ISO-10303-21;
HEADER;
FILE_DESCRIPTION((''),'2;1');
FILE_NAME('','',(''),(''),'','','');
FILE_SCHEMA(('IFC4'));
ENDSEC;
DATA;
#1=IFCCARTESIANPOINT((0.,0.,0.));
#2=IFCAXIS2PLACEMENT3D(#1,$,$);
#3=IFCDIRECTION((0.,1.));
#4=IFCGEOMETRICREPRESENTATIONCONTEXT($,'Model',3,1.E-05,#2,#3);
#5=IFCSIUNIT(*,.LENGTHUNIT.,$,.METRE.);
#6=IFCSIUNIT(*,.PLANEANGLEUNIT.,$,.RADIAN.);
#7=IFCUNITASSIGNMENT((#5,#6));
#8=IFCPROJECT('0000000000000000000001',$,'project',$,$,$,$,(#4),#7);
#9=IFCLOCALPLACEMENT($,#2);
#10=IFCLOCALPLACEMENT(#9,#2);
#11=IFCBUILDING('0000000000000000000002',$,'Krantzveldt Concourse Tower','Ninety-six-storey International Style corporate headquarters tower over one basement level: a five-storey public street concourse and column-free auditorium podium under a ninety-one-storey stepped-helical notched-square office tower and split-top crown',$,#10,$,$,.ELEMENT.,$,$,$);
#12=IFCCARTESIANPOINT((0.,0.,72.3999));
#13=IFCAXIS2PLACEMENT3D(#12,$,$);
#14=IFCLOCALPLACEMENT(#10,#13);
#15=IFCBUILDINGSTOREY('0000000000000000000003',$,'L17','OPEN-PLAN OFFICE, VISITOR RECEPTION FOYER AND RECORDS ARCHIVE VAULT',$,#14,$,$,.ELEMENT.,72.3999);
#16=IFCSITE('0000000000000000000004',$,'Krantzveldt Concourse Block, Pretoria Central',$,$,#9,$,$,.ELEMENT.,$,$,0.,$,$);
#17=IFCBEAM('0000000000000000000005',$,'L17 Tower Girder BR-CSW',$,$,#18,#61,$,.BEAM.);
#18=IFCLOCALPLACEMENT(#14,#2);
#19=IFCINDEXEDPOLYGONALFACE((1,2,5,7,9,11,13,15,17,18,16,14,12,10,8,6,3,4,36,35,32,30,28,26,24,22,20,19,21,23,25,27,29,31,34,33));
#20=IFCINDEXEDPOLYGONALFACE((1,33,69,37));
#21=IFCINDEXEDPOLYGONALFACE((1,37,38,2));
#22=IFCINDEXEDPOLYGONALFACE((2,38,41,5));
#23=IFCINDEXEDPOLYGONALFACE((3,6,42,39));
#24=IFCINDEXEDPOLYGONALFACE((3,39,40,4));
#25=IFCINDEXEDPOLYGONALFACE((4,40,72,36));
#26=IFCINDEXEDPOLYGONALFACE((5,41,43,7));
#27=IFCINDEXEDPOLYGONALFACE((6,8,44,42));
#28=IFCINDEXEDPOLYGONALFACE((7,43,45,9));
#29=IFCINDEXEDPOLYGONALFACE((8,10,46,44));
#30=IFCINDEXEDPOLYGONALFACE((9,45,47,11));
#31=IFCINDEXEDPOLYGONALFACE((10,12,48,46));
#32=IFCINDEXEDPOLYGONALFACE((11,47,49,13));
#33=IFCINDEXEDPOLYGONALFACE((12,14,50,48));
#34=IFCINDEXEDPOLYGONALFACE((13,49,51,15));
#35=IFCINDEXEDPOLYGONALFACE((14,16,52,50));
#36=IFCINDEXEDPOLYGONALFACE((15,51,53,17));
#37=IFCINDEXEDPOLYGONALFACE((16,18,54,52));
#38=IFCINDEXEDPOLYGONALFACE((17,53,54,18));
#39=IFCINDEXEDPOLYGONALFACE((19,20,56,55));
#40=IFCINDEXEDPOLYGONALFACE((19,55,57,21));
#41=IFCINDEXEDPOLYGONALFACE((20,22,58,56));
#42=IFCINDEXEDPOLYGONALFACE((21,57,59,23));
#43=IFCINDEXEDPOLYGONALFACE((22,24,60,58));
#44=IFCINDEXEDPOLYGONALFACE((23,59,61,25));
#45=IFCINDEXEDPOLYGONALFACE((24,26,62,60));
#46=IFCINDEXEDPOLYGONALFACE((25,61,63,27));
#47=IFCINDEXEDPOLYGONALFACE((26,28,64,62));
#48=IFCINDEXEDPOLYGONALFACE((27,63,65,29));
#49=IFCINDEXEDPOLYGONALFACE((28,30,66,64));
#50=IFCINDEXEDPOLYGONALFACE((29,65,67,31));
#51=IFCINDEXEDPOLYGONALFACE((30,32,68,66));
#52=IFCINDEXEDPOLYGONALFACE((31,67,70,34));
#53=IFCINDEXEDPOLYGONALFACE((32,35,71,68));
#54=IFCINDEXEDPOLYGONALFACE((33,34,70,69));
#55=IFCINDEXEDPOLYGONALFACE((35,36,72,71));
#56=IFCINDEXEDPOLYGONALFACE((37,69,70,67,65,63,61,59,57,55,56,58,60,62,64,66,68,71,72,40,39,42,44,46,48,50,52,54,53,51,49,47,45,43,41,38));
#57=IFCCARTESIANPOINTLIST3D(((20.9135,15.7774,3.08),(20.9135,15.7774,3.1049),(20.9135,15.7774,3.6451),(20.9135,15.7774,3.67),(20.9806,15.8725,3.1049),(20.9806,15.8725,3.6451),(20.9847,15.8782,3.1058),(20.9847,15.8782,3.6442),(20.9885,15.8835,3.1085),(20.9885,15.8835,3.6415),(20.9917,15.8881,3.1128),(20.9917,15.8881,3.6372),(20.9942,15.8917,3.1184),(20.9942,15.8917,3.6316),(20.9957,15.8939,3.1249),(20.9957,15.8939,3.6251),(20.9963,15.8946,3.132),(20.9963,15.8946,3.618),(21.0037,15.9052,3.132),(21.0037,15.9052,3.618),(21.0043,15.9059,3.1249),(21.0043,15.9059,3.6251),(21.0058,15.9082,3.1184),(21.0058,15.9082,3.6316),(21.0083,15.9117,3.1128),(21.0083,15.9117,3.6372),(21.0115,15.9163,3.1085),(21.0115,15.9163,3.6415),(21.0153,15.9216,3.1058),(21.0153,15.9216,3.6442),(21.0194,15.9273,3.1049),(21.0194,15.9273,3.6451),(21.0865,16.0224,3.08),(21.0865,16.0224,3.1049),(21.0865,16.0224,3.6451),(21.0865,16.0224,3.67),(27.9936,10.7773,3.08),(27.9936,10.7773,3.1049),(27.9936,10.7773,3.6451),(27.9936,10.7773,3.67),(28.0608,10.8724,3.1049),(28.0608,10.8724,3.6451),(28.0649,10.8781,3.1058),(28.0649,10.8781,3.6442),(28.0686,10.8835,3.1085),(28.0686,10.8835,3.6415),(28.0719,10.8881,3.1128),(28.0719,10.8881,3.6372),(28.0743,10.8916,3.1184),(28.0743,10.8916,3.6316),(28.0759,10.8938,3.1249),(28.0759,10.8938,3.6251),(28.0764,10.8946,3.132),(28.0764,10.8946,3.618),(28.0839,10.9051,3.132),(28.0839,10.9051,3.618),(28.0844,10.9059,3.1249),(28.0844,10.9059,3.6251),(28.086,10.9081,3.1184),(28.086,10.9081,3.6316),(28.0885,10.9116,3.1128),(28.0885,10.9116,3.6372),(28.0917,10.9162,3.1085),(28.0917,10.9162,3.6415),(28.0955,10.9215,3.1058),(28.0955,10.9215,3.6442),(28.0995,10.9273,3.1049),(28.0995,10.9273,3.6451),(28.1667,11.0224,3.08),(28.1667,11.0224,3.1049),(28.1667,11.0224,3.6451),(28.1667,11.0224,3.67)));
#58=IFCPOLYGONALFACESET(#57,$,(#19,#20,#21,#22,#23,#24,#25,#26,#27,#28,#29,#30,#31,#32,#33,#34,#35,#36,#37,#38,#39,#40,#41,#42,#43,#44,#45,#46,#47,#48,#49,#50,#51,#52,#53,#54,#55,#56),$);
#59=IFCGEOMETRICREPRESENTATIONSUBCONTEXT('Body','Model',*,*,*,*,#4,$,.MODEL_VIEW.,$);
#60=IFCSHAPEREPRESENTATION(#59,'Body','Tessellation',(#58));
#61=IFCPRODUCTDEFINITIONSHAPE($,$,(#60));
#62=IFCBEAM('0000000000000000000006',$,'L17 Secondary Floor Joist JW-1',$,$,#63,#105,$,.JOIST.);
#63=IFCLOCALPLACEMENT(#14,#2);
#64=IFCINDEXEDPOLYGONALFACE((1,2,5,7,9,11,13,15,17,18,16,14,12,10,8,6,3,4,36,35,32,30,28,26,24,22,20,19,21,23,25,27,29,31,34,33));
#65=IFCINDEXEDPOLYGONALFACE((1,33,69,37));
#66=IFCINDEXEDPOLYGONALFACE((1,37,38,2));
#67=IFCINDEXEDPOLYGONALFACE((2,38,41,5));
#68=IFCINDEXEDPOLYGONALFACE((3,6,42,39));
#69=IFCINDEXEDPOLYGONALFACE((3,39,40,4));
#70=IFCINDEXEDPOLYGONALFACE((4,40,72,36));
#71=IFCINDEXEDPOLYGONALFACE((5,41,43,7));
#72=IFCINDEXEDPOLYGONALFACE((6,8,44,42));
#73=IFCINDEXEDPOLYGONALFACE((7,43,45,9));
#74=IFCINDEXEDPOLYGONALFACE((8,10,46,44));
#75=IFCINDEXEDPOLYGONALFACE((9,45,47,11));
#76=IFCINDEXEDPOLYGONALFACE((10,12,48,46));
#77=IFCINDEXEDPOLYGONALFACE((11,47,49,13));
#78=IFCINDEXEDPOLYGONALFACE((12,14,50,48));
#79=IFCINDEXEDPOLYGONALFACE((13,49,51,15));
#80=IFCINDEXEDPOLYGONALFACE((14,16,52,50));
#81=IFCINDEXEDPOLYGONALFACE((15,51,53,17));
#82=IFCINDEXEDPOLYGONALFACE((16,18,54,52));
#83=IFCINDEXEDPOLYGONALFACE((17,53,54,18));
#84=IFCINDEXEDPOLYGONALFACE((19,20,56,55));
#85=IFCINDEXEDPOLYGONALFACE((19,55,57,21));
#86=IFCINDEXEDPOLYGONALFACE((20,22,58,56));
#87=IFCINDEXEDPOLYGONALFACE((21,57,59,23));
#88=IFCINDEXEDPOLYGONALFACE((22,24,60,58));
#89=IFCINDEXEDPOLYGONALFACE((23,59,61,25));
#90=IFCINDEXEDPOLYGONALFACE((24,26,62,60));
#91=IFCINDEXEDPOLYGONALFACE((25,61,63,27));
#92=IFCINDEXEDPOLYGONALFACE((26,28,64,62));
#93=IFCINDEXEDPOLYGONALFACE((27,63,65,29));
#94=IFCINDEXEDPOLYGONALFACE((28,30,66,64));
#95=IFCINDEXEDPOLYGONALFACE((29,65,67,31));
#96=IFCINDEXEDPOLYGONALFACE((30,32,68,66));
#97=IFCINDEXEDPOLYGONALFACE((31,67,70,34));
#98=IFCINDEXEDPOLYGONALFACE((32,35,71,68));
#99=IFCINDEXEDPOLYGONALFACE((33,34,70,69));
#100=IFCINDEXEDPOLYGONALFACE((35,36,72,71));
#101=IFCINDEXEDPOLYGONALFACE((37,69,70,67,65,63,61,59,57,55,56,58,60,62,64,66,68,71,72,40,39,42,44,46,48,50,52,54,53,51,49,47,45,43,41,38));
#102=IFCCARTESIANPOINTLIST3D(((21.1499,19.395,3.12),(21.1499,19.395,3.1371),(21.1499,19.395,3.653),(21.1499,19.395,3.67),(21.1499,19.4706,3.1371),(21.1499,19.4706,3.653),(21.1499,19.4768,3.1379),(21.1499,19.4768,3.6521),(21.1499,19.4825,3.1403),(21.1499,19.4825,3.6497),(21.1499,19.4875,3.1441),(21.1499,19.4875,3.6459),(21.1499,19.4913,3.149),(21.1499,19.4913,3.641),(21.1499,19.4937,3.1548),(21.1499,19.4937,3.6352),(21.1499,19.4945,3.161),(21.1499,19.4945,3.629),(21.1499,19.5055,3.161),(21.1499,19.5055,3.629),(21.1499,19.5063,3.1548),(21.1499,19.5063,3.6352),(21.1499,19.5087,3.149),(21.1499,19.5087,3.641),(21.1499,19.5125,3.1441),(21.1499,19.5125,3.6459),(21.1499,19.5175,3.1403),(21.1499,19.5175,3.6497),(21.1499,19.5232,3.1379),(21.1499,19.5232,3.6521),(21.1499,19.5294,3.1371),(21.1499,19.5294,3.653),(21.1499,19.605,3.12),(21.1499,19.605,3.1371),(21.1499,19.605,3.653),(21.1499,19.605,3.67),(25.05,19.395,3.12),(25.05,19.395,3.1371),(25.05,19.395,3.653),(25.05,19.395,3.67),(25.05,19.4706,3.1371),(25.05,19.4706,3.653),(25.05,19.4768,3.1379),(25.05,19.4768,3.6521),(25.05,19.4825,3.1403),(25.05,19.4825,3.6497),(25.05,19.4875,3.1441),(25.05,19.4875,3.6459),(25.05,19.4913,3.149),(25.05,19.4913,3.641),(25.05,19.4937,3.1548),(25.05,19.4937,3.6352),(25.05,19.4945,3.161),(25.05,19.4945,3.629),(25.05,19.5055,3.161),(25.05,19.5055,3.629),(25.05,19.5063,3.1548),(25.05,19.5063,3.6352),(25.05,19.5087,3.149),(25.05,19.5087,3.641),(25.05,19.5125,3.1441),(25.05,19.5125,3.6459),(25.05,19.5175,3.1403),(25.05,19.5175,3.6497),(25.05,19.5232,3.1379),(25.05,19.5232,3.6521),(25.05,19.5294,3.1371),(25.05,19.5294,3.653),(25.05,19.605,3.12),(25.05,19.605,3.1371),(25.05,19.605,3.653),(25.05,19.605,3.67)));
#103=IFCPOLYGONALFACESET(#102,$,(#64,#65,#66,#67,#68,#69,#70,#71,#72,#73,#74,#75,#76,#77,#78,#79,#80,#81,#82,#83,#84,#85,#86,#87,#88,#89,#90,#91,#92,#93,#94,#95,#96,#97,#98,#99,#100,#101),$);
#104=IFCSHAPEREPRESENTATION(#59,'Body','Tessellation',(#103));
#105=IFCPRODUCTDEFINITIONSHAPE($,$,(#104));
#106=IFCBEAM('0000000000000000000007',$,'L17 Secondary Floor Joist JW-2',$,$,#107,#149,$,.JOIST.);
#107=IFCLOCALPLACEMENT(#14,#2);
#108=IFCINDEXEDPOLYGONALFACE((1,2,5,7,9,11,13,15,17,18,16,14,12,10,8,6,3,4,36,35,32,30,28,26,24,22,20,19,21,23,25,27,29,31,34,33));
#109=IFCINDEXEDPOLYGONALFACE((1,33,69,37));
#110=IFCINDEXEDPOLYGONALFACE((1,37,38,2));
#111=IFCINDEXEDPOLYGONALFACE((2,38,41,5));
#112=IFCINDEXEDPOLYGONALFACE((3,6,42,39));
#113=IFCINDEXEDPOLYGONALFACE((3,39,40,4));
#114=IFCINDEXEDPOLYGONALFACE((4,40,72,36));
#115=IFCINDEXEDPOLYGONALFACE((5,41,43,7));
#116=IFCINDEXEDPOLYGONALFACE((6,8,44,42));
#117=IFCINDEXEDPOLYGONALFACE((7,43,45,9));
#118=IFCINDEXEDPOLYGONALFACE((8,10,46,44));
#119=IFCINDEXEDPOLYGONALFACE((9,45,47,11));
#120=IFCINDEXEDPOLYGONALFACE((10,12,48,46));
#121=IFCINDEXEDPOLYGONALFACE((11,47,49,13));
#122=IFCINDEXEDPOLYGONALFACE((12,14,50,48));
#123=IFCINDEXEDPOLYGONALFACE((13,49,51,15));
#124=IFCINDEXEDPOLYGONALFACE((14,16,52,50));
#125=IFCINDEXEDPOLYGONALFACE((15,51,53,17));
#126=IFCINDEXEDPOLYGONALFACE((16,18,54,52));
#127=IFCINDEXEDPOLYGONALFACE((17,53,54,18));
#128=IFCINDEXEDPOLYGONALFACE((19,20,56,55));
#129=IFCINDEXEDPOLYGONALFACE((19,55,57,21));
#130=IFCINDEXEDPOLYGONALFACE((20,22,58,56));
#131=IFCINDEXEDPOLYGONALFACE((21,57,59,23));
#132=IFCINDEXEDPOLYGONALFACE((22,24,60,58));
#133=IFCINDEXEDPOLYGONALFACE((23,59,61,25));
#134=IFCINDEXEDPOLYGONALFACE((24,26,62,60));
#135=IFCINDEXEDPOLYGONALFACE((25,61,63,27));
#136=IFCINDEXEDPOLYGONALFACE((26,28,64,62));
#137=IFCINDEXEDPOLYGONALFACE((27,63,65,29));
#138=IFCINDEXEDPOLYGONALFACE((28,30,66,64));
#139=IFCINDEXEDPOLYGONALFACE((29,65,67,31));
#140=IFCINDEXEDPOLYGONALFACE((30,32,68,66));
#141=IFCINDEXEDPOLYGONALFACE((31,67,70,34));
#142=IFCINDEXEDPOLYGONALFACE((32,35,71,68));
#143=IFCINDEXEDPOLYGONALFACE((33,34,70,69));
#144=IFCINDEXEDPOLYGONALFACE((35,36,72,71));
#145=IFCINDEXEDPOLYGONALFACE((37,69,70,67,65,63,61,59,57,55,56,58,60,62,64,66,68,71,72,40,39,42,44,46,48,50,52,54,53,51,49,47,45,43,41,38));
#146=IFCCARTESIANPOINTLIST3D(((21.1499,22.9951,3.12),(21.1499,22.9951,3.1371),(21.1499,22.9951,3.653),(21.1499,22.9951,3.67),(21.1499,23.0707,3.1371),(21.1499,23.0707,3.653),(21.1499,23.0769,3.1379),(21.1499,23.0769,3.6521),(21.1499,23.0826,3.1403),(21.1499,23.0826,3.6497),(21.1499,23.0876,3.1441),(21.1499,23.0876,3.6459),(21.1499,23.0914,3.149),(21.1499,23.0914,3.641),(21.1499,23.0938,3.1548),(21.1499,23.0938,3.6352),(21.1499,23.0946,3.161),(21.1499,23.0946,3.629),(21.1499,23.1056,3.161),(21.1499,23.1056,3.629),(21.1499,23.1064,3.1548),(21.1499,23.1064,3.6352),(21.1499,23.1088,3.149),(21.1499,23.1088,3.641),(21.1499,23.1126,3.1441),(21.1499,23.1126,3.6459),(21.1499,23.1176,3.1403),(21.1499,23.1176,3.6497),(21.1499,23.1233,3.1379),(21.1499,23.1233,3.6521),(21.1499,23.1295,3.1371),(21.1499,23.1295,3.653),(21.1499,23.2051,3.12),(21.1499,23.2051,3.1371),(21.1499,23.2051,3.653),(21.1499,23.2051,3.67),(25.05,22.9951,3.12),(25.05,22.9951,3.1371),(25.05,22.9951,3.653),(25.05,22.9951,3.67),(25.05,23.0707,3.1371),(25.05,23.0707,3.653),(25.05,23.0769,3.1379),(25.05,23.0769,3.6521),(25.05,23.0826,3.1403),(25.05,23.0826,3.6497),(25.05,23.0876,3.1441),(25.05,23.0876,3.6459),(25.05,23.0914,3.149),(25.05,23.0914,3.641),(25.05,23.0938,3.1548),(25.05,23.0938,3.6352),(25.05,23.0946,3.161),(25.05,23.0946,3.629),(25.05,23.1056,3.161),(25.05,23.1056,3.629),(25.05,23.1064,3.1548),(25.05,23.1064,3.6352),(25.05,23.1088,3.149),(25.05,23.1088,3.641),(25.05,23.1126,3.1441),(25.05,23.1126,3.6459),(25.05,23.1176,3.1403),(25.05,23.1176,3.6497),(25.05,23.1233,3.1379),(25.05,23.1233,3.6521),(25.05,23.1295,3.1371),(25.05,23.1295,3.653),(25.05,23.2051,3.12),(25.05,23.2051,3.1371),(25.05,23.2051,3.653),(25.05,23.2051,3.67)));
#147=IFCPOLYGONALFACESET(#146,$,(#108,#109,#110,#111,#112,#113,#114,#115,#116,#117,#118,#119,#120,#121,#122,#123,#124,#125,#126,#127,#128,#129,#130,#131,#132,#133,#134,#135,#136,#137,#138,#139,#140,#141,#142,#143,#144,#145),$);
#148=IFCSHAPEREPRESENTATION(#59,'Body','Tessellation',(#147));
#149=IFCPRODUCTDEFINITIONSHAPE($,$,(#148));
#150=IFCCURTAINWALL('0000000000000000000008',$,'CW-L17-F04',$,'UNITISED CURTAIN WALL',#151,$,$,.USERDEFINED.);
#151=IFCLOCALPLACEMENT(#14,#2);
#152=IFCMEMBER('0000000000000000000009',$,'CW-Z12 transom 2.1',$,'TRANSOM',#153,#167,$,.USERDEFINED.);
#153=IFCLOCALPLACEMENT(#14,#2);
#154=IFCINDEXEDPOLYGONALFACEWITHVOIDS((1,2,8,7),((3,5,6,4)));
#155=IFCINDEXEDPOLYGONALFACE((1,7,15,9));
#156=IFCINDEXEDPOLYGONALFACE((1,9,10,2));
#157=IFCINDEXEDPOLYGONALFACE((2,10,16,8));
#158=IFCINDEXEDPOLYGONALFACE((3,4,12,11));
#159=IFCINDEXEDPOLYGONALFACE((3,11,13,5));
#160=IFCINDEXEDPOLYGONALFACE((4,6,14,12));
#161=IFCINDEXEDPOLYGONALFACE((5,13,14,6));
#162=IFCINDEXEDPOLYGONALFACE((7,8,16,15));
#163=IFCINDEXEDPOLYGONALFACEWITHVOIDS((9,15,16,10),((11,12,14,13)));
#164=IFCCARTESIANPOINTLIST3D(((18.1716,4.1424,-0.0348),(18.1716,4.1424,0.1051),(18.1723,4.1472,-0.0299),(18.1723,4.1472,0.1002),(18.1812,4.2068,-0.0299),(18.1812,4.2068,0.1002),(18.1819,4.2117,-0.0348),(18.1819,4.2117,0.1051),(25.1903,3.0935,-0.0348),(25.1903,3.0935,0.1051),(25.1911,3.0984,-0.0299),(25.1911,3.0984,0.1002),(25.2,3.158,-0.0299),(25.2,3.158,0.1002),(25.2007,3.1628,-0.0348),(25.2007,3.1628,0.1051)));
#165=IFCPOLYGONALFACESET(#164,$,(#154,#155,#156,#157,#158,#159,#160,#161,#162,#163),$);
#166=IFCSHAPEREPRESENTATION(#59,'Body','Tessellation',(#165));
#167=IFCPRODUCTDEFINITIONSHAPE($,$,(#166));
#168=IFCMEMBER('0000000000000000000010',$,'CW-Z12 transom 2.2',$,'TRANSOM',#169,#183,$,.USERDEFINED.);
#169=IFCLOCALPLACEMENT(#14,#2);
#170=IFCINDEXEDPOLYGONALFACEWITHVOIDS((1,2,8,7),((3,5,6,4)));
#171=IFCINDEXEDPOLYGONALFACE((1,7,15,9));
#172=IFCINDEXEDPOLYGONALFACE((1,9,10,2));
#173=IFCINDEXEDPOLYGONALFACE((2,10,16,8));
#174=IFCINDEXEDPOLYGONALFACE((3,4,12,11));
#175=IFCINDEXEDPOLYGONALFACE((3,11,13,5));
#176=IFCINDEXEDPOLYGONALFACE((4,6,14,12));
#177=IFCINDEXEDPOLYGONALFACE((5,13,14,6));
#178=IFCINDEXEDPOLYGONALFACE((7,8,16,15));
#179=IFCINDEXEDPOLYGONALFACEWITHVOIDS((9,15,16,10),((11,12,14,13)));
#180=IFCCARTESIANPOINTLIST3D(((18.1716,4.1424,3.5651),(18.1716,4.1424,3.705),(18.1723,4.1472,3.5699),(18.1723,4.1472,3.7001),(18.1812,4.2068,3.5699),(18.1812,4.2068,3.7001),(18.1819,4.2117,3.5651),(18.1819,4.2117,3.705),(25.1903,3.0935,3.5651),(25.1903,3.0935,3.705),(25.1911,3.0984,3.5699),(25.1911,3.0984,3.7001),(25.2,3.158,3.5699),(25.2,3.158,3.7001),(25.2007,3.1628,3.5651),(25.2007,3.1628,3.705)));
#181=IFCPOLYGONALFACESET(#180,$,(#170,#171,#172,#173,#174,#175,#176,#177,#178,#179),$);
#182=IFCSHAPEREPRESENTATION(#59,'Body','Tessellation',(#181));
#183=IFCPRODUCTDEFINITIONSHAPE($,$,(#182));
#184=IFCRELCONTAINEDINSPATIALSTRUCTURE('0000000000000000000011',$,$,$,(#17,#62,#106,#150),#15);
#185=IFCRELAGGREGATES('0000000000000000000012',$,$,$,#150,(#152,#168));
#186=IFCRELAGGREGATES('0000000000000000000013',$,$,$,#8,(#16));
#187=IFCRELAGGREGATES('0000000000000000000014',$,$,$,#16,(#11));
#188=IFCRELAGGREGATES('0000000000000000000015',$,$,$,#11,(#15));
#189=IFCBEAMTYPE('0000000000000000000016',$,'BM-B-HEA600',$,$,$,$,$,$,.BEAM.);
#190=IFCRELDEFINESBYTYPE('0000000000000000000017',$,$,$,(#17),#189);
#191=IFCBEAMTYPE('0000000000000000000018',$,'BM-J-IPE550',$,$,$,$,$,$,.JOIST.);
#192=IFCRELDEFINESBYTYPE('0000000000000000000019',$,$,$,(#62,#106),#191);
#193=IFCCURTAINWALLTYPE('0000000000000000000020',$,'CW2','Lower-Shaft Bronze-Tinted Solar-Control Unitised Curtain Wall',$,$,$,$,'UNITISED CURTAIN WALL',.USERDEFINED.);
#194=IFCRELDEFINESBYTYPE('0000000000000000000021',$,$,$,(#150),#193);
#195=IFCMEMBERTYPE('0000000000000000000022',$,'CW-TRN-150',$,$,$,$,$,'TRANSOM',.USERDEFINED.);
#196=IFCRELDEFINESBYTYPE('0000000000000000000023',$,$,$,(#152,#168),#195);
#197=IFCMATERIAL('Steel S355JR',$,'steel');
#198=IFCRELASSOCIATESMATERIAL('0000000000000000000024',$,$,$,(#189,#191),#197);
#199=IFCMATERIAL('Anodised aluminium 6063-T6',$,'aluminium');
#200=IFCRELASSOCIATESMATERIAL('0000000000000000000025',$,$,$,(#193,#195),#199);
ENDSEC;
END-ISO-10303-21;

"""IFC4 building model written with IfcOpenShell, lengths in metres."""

from ifc_helpers import new_model, si_unit, direction, frame, origin, origin_2d, place, context, subcontext, project, spatial, hollow_rectangle, i_section, extrude, source, transform, mapped, material, material_profile, profile_set, type_object, type_shapes, element, aggregate, save


model = new_model("IFC4")

# Units and contexts
model_context = context("Model", 3, precision=1e-05, world=origin(), true_north=direction((0.0, 1.0)))
body_context = subcontext(model_context, "Body", "Model", "MODEL_VIEW")
ifc_project = project(units=[si_unit("LENGTHUNIT", "METRE"), si_unit("PLANEANGLEUNIT", "RADIAN")], contexts=[model_context])

# Site, building, storey
site_placement = place(None, origin())
site = spatial("IfcSite", under=ifc_project, at=site_placement, Name="Krantzveldt Concourse Block, Pretoria Central", CompositionType="ELEMENT", RefElevation=0.0)
building_placement = place(site_placement, origin())
building = spatial("IfcBuilding", under=site, at=building_placement, Name="Krantzveldt Concourse Tower", Description="Ninety-six-storey International Style corporate headquarters tower over one basement level: a five-storey public street concourse and column-free auditorium podium under a ninety-one-storey stepped-helical notched-square office tower and split-top crown", CompositionType="ELEMENT")
storey_placement = place(building_placement, frame((0.0, 0.0, 72.3999)))
storey = spatial("IfcBuildingStorey", under=building, at=storey_placement, Name="L17", Description="OPEN-PLAN OFFICE, VISITOR RECEPTION FOYER AND RECORDS ARCHIVE VAULT", CompositionType="ELEMENT", Elevation=72.3999)

# Beams
ifc_material_1 = material(Name="Steel S355JR", Category="steel")
ifc_material_profile_1 = material_profile(ifc_material_1, i_section(OverallWidth=0.3, OverallDepth=0.5901, WebThickness=0.0129, FlangeThickness=0.0249, FilletRadius=0.0271, at=origin_2d()), Name="Steel S355JR", Category="steel")
ifc_profile_set_1 = profile_set([ifc_material_profile_1], Name="Steel S355JR - HEA 600")
beam_type_1 = type_object("IfcBeamType", Name="BM-B-HEA600", PredefinedType="BEAM", material=ifc_profile_set_1)
shared_shape_1 = source(origin(), body_context, "Body", "SweptSolid", [
    extrude(i_section(OverallWidth=0.3, OverallDepth=0.5901, WebThickness=0.0129, FlangeThickness=0.0249, FilletRadius=0.0271, at=origin_2d()), origin(), (0.0, 0.0, 1.0), 8.6677),
])
beam_1_placement = place(storey_placement, frame((21.0, 15.8999, 3.375), z_axis=(0.816843, -0.57686, 0.0), x_axis=(0.57686, 0.816843, 0.0)))
element("IfcBeam", 1, at=beam_1_placement, inside=storey, type_object=beam_type_1, Name="L17 Tower Girder BR-CSW", PredefinedType="BEAM", context=body_context, shape_type="MappedRepresentation", body=[
    mapped(shared_shape_1, transform((0.0, 0.0, 0.0), x_axis=(1.0, 0.0, 0.0), y_axis=(0.0, 1.0, 0.0), z_axis=(0.0, 0.0, 1.0), scale=1.0)),
])
ifc_material_profile_2 = material_profile(ifc_material_1, i_section(OverallWidth=0.21, OverallDepth=0.55, WebThickness=0.011, FlangeThickness=0.0171, FilletRadius=0.0239, at=origin_2d()), Name="Steel S355JR", Category="steel")
ifc_profile_set_2 = profile_set([ifc_material_profile_2], Name="Steel S355JR - IPE 550")
beam_type_2 = type_object("IfcBeamType", Name="BM-J-IPE550", PredefinedType="JOIST", material=ifc_profile_set_2)
shared_shape_2 = source(origin(), body_context, "Body", "SweptSolid", [
    extrude(i_section(OverallWidth=0.21, OverallDepth=0.55, WebThickness=0.011, FlangeThickness=0.0171, FilletRadius=0.0239, at=origin_2d()), origin(), (0.0, 0.0, 1.0), 3.9001),
])
type_shapes(beam_type_2, [shared_shape_2])
for number, where, z_axis, x_axis, name in (
    (2, (21.1499, 19.5, 3.395), (1.0, 0.0, 0.0), (0.0, 1.0, 0.0), "L17 Secondary Floor Joist JW-1"),
    (3, (21.1499, 23.1001, 3.395), (1.0, 0.0, 0.0), (0.0, 1.0, 0.0), "L17 Secondary Floor Joist JW-2"),
):
    element("IfcBeam", number, at=place(storey_placement, frame(where, z_axis=z_axis, x_axis=x_axis)), inside=storey, type_object=beam_type_2, Name=name, PredefinedType="JOIST", context=body_context, shape_type="MappedRepresentation", body=[
        mapped(shared_shape_2, transform((0.0, 0.0, 0.0), x_axis=(1.0, 0.0, 0.0), y_axis=(0.0, 1.0, 0.0), z_axis=(0.0, 0.0, 1.0), scale=1.0)),
    ])

# Curtain wall, members
ifc_material_2 = material(Name="Anodised aluminium 6063-T6", Category="aluminium")
curtain_wall_type = type_object("IfcCurtainWallType", Name="CW2", Description="Lower-Shaft Bronze-Tinted Solar-Control Unitised Curtain Wall", ElementType="UNITISED CURTAIN WALL", PredefinedType="USERDEFINED", material=ifc_material_2)
curtain_wall_1_placement = place(storey_placement, origin())
curtain_wall_1 = element("IfcCurtainWall", 4, at=curtain_wall_1_placement, inside=storey, type_object=curtain_wall_type, Name="CW-L17-F04", ObjectType="UNITISED CURTAIN WALL", PredefinedType="USERDEFINED")
ifc_material_profile_3 = material_profile(ifc_material_2, hollow_rectangle(XDim=0.0701, YDim=0.1399, WallThickness=0.0049, at=origin_2d()), Name="Anodised aluminium 6063-T6", Category="aluminium")
ifc_profile_set_3 = profile_set([ifc_material_profile_3], Name="Anodised aluminium 6063-T6 - ALU-TRAN 140x70x5")
member_type_1 = type_object("IfcMemberType", Name="CW-TRN-150", ElementType="TRANSOM", PredefinedType="USERDEFINED", material=ifc_profile_set_3)
shared_shape_3 = source(origin(), body_context, "Body", "SweptSolid", [
    extrude(hollow_rectangle(XDim=0.0701, YDim=0.1399, WallThickness=0.0049, at=origin_2d()), origin(), (0.0, 0.0, 1.0), 7.0967),
])
member_1_placement = place(storey_placement, frame((18.1768, 4.177, 0.0352), z_axis=(0.989019, -0.14779, 0.0), x_axis=(0.14779, 0.989019, 0.0)))
member_1 = element("IfcMember", 5, at=member_1_placement, type_object=member_type_1, Name="CW-Z12 transom 2.1", ObjectType="TRANSOM", PredefinedType="USERDEFINED", context=body_context, shape_type="MappedRepresentation", body=[
    mapped(shared_shape_3, transform((0.0, 0.0, 0.0), x_axis=(1.0, 0.0, 0.0), y_axis=(0.0, 1.0, 0.0), z_axis=(0.0, 0.0, 1.0), scale=1.0)),
])
member_2_placement = place(storey_placement, frame((18.1768, 4.177, 3.635), z_axis=(0.989019, -0.14779, 0.0), x_axis=(0.14779, 0.989019, 0.0)))
member_2 = element("IfcMember", 6, at=member_2_placement, type_object=member_type_1, Name="CW-Z12 transom 2.2", ObjectType="TRANSOM", PredefinedType="USERDEFINED", context=body_context, shape_type="MappedRepresentation", body=[
    mapped(shared_shape_3, transform((0.0, 0.0, 0.0), x_axis=(1.0, 0.0, 0.0), y_axis=(0.0, 1.0, 0.0), z_axis=(0.0, 0.0, 1.0), scale=1.0)),
])

aggregate(curtain_wall_1, [member_1, member_2])

save(model, "model.ifc")
